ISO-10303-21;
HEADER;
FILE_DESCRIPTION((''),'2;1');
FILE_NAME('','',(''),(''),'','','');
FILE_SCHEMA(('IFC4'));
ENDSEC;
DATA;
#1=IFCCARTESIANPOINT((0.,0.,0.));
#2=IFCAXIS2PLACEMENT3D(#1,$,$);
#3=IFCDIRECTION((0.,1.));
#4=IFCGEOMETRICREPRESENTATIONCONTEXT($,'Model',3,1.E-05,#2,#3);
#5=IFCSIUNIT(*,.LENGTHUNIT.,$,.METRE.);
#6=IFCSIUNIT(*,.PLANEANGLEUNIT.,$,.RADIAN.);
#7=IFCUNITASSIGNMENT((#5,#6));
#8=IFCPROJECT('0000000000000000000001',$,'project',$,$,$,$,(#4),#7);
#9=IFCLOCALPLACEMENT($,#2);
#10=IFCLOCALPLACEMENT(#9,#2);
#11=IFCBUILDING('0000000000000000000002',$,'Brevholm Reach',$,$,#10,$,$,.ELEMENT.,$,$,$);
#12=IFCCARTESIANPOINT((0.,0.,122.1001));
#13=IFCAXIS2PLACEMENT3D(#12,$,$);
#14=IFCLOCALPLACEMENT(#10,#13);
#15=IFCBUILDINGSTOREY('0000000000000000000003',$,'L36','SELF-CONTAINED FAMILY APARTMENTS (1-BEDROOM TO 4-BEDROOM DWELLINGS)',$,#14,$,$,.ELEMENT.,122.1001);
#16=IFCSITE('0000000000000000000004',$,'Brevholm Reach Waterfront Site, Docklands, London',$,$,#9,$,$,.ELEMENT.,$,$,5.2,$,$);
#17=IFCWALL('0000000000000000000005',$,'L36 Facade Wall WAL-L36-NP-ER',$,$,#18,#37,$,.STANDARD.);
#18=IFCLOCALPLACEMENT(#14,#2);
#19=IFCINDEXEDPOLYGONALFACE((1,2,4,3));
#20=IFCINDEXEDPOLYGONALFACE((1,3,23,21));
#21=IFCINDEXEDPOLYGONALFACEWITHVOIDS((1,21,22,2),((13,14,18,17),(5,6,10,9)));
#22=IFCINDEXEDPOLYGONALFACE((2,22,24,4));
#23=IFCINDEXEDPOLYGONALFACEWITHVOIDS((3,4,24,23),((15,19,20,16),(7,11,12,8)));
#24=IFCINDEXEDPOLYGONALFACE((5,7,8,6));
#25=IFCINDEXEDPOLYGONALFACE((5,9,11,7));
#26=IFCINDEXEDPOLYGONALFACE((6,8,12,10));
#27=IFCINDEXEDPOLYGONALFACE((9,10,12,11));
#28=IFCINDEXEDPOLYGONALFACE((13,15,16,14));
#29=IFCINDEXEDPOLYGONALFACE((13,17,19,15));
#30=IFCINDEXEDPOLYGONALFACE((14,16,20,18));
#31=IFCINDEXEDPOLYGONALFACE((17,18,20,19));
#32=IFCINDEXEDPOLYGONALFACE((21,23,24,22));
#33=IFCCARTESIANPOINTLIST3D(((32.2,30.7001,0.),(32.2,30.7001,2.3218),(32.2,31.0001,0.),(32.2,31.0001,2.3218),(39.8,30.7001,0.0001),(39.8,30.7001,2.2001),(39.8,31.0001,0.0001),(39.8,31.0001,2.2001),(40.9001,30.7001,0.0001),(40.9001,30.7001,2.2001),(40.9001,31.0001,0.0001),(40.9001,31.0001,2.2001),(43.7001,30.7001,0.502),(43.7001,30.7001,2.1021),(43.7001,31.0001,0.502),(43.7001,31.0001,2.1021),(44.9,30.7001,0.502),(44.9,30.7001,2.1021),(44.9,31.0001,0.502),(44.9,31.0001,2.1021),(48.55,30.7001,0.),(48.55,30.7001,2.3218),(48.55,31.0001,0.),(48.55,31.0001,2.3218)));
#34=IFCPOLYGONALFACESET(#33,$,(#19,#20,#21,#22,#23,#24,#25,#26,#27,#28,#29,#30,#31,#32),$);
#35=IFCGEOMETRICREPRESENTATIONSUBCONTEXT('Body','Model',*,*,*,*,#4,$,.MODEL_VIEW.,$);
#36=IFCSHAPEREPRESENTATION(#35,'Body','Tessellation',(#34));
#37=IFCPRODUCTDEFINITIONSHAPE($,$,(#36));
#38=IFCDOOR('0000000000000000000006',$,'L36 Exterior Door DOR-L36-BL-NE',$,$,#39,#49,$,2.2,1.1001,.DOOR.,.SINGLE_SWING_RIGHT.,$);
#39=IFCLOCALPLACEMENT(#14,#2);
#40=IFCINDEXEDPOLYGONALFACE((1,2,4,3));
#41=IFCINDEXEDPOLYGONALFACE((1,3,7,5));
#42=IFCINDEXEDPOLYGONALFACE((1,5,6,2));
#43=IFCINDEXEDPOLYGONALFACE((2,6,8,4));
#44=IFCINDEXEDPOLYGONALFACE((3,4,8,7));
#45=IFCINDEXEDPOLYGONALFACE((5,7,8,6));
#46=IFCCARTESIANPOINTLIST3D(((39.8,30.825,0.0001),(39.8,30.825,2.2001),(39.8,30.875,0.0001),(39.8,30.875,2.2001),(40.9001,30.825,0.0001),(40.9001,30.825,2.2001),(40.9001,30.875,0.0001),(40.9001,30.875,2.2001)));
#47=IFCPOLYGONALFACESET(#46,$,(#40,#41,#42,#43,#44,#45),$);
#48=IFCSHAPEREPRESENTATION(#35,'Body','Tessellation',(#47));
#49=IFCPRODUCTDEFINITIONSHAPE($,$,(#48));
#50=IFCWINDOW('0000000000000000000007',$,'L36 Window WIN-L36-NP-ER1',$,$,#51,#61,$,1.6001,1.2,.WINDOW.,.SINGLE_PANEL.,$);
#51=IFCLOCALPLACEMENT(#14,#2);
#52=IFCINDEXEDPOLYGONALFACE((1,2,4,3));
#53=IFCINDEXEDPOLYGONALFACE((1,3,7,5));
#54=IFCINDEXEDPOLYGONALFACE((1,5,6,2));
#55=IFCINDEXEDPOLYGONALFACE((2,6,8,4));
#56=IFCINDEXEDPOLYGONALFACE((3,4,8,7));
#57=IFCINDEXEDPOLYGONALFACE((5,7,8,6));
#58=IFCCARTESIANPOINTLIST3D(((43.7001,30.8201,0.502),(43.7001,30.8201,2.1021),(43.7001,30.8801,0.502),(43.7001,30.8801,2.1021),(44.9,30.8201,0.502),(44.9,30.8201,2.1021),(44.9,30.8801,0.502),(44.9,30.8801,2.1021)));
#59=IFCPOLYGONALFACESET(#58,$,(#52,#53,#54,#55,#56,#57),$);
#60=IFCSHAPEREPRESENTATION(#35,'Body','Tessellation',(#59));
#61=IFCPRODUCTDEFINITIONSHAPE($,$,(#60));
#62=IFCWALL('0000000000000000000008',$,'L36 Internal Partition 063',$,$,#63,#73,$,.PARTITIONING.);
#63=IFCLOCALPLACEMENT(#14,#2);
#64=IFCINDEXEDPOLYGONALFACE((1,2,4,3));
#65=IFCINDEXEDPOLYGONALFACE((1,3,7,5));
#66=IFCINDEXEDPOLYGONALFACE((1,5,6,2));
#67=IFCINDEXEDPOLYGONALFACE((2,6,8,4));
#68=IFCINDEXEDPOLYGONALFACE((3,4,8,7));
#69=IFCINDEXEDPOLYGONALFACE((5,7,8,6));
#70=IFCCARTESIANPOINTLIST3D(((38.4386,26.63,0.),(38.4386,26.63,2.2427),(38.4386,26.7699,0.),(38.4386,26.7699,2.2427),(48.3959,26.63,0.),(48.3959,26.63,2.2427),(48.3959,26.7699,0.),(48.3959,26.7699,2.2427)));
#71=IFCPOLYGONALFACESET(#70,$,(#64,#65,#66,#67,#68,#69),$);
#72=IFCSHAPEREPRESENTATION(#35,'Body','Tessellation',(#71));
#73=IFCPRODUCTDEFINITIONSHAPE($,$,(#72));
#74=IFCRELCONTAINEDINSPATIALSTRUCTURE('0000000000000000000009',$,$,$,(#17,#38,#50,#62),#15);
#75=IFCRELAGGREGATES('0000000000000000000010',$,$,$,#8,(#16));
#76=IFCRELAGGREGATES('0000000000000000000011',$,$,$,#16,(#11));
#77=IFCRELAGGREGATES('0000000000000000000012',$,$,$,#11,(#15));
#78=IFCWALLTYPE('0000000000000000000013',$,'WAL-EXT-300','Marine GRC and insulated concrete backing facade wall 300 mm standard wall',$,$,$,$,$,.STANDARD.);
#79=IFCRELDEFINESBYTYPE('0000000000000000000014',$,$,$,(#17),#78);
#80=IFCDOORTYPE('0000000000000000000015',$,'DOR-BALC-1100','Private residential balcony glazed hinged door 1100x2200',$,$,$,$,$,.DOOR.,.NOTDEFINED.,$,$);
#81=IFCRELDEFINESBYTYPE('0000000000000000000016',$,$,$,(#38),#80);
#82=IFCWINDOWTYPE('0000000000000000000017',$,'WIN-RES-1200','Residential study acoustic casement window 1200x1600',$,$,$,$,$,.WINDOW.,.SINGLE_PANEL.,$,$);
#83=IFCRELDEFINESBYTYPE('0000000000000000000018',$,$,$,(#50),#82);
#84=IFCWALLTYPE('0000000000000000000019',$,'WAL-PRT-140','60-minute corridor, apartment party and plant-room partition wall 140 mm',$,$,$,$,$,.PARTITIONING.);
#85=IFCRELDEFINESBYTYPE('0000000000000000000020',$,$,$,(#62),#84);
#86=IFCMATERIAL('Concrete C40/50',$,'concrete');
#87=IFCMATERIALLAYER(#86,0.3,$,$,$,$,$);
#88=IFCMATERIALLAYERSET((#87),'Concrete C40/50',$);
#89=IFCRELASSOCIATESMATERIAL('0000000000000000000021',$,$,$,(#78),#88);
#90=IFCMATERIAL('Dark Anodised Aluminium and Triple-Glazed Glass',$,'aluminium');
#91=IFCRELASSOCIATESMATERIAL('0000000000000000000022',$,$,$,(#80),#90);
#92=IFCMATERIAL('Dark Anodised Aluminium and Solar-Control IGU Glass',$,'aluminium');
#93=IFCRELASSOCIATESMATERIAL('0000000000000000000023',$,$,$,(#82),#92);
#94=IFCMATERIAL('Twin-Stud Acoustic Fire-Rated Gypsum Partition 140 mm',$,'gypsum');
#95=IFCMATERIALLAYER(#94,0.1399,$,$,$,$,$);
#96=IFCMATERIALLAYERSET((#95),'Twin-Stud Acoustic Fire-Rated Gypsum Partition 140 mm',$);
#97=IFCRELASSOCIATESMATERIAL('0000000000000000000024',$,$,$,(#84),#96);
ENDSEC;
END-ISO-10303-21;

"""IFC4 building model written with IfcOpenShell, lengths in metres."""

from ifc_helpers import new_model, si_unit, direction, frame, frame_2d, origin, place, context, subcontext, project, spatial, rectangle, extrude, material, layer, layer_set, type_object, element, fill, save


model = new_model("IFC4")

# Units and contexts
model_context = context("Model", 3, precision=1e-05, world=origin(), true_north=direction((0.0, 1.0)))
body_context = subcontext(model_context, "Body", "Model", "MODEL_VIEW")
ifc_project = project(units=[si_unit("LENGTHUNIT", "METRE"), si_unit("PLANEANGLEUNIT", "RADIAN")], contexts=[model_context])

# Site, building, storey
site_placement = place(None, origin())
site = spatial("IfcSite", under=ifc_project, at=site_placement, Name="Brevholm Reach Waterfront Site, Docklands, London", CompositionType="ELEMENT", RefElevation=5.2)
building_placement = place(site_placement, origin())
building = spatial("IfcBuilding", under=site, at=building_placement, Name="Brevholm Reach", CompositionType="ELEMENT")
storey_placement = place(building_placement, frame((0.0, 0.0, 122.1001)))
storey = spatial("IfcBuildingStorey", under=building, at=storey_placement, Name="L36", Description="SELF-CONTAINED FAMILY APARTMENTS (1-BEDROOM TO 4-BEDROOM DWELLINGS)", CompositionType="ELEMENT", Elevation=122.1001)

# Wall, openings, door, window
ifc_material_1 = material(Name="Concrete C40/50", Category="concrete")
ifc_layer_1 = layer(ifc_material_1, 0.3)
ifc_layer_set_1 = layer_set([ifc_layer_1], Name="Concrete C40/50")
wall_type_1 = type_object("IfcWallType", Name="WAL-EXT-300", Description="Marine GRC and insulated concrete backing facade wall 300 mm standard wall", PredefinedType="STANDARD", material=ifc_layer_set_1)
wall_1_placement = place(storey_placement, frame((32.2, 30.8501, 0.0), z_axis=(0.0, 0.0, 1.0), x_axis=(1.0, 0.0, 0.0)))
wall_1 = element("IfcWall", 1, at=wall_1_placement, inside=storey, type_object=wall_type_1, Name="L36 Facade Wall WAL-L36-NP-ER", PredefinedType="STANDARD", context=body_context, shape_type="SweptSolid", body=[
    extrude(rectangle(XDim=16.3501, YDim=0.3, at=frame_2d((8.175, 0.0))), origin(), (0.0, 0.0, 1.0), 2.3218),
])
opening_1_placement = place(wall_1_placement, frame((7.6001, 0.0, 0.0)))
opening_1 = element("IfcOpeningElement", 2, at=opening_1_placement, cuts=wall_1, PredefinedType="OPENING", context=body_context, shape_type="SweptSolid", body=[
    extrude(rectangle(XDim=1.1001, YDim=2.2, at=frame_2d((0.55, 1.1001))), frame((0.0, 0.1599, 0.0), z_axis=(0.0, -1.0, 0.0), x_axis=(1.0, 0.0, 0.0)), (0.0, 0.0, 1.0), 0.3201),
])
opening_2_placement = place(wall_1_placement, frame((11.5, 0.0, 0.502)))
opening_2 = element("IfcOpeningElement", 3, at=opening_2_placement, cuts=wall_1, PredefinedType="OPENING", context=body_context, shape_type="SweptSolid", body=[
    extrude(rectangle(XDim=1.2, YDim=1.6001, at=frame_2d((0.6001, 0.8))), frame((0.0, 0.1599, 0.0), z_axis=(0.0, -1.0, 0.0), x_axis=(1.0, 0.0, 0.0)), (0.0, 0.0, 1.0), 0.3201),
])
ifc_material_2 = material(Name="Dark Anodised Aluminium and Triple-Glazed Glass", Category="aluminium")
door_type = type_object("IfcDoorType", Name="DOR-BALC-1100", Description="Private residential balcony glazed hinged door 1100x2200", OperationType="NOTDEFINED", PredefinedType="DOOR", material=ifc_material_2)
door_placement = place(opening_1_placement, origin())
door = element("IfcDoor", 4, at=door_placement, inside=storey, type_object=door_type, Name="L36 Exterior Door DOR-L36-BL-NE", OperationType="SINGLE_SWING_RIGHT", OverallHeight=2.2, OverallWidth=1.1001, PredefinedType="DOOR", context=body_context, shape_type="SweptSolid", body=[
    extrude(rectangle(XDim=1.1001, YDim=2.2, at=frame_2d((0.55, 1.1001))), frame((0.0, 0.0249, 0.0), z_axis=(0.0, -1.0, 0.0), x_axis=(1.0, 0.0, 0.0)), (0.0, 0.0, 1.0), 0.05),
])
fill(opening_1, door)
ifc_material_3 = material(Name="Dark Anodised Aluminium and Solar-Control IGU Glass", Category="aluminium")
window_type = type_object("IfcWindowType", Name="WIN-RES-1200", Description="Residential study acoustic casement window 1200x1600", PartitioningType="SINGLE_PANEL", PredefinedType="WINDOW", material=ifc_material_3)
window_placement = place(opening_2_placement, origin())
window = element("IfcWindow", 5, at=window_placement, inside=storey, type_object=window_type, Name="L36 Window WIN-L36-NP-ER1", OverallHeight=1.6001, OverallWidth=1.2, PartitioningType="SINGLE_PANEL", PredefinedType="WINDOW", context=body_context, shape_type="SweptSolid", body=[
    extrude(rectangle(XDim=1.2, YDim=1.6001, at=frame_2d((0.6001, 0.8))), frame((0.0, 0.03, 0.0), z_axis=(0.0, -1.0, 0.0), x_axis=(1.0, 0.0, 0.0)), (0.0, 0.0, 1.0), 0.0601),
])
fill(opening_2, window)

# Wall
ifc_material_4 = material(Name="Twin-Stud Acoustic Fire-Rated Gypsum Partition 140 mm", Category="gypsum")
ifc_layer_2 = layer(ifc_material_4, 0.1399)
ifc_layer_set_2 = layer_set([ifc_layer_2], Name="Twin-Stud Acoustic Fire-Rated Gypsum Partition 140 mm")
wall_type_2 = type_object("IfcWallType", Name="WAL-PRT-140", Description="60-minute corridor, apartment party and plant-room partition wall 140 mm", PredefinedType="PARTITIONING", material=ifc_layer_set_2)
wall_2_placement = place(storey_placement, frame((38.4387, 26.7, 0.0), z_axis=(0.0, 0.0, 1.0), x_axis=(1.0, 0.0, 0.0)))
element("IfcWall", 6, at=wall_2_placement, inside=storey, type_object=wall_type_2, Name="L36 Internal Partition 063", PredefinedType="PARTITIONING", context=body_context, shape_type="SweptSolid", body=[
    extrude(rectangle(XDim=9.9573, YDim=0.1399, at=frame_2d((4.9785, 0.0))), origin(), (0.0, 0.0, 1.0), 2.2427),
])

save(model, "model.ifc")
